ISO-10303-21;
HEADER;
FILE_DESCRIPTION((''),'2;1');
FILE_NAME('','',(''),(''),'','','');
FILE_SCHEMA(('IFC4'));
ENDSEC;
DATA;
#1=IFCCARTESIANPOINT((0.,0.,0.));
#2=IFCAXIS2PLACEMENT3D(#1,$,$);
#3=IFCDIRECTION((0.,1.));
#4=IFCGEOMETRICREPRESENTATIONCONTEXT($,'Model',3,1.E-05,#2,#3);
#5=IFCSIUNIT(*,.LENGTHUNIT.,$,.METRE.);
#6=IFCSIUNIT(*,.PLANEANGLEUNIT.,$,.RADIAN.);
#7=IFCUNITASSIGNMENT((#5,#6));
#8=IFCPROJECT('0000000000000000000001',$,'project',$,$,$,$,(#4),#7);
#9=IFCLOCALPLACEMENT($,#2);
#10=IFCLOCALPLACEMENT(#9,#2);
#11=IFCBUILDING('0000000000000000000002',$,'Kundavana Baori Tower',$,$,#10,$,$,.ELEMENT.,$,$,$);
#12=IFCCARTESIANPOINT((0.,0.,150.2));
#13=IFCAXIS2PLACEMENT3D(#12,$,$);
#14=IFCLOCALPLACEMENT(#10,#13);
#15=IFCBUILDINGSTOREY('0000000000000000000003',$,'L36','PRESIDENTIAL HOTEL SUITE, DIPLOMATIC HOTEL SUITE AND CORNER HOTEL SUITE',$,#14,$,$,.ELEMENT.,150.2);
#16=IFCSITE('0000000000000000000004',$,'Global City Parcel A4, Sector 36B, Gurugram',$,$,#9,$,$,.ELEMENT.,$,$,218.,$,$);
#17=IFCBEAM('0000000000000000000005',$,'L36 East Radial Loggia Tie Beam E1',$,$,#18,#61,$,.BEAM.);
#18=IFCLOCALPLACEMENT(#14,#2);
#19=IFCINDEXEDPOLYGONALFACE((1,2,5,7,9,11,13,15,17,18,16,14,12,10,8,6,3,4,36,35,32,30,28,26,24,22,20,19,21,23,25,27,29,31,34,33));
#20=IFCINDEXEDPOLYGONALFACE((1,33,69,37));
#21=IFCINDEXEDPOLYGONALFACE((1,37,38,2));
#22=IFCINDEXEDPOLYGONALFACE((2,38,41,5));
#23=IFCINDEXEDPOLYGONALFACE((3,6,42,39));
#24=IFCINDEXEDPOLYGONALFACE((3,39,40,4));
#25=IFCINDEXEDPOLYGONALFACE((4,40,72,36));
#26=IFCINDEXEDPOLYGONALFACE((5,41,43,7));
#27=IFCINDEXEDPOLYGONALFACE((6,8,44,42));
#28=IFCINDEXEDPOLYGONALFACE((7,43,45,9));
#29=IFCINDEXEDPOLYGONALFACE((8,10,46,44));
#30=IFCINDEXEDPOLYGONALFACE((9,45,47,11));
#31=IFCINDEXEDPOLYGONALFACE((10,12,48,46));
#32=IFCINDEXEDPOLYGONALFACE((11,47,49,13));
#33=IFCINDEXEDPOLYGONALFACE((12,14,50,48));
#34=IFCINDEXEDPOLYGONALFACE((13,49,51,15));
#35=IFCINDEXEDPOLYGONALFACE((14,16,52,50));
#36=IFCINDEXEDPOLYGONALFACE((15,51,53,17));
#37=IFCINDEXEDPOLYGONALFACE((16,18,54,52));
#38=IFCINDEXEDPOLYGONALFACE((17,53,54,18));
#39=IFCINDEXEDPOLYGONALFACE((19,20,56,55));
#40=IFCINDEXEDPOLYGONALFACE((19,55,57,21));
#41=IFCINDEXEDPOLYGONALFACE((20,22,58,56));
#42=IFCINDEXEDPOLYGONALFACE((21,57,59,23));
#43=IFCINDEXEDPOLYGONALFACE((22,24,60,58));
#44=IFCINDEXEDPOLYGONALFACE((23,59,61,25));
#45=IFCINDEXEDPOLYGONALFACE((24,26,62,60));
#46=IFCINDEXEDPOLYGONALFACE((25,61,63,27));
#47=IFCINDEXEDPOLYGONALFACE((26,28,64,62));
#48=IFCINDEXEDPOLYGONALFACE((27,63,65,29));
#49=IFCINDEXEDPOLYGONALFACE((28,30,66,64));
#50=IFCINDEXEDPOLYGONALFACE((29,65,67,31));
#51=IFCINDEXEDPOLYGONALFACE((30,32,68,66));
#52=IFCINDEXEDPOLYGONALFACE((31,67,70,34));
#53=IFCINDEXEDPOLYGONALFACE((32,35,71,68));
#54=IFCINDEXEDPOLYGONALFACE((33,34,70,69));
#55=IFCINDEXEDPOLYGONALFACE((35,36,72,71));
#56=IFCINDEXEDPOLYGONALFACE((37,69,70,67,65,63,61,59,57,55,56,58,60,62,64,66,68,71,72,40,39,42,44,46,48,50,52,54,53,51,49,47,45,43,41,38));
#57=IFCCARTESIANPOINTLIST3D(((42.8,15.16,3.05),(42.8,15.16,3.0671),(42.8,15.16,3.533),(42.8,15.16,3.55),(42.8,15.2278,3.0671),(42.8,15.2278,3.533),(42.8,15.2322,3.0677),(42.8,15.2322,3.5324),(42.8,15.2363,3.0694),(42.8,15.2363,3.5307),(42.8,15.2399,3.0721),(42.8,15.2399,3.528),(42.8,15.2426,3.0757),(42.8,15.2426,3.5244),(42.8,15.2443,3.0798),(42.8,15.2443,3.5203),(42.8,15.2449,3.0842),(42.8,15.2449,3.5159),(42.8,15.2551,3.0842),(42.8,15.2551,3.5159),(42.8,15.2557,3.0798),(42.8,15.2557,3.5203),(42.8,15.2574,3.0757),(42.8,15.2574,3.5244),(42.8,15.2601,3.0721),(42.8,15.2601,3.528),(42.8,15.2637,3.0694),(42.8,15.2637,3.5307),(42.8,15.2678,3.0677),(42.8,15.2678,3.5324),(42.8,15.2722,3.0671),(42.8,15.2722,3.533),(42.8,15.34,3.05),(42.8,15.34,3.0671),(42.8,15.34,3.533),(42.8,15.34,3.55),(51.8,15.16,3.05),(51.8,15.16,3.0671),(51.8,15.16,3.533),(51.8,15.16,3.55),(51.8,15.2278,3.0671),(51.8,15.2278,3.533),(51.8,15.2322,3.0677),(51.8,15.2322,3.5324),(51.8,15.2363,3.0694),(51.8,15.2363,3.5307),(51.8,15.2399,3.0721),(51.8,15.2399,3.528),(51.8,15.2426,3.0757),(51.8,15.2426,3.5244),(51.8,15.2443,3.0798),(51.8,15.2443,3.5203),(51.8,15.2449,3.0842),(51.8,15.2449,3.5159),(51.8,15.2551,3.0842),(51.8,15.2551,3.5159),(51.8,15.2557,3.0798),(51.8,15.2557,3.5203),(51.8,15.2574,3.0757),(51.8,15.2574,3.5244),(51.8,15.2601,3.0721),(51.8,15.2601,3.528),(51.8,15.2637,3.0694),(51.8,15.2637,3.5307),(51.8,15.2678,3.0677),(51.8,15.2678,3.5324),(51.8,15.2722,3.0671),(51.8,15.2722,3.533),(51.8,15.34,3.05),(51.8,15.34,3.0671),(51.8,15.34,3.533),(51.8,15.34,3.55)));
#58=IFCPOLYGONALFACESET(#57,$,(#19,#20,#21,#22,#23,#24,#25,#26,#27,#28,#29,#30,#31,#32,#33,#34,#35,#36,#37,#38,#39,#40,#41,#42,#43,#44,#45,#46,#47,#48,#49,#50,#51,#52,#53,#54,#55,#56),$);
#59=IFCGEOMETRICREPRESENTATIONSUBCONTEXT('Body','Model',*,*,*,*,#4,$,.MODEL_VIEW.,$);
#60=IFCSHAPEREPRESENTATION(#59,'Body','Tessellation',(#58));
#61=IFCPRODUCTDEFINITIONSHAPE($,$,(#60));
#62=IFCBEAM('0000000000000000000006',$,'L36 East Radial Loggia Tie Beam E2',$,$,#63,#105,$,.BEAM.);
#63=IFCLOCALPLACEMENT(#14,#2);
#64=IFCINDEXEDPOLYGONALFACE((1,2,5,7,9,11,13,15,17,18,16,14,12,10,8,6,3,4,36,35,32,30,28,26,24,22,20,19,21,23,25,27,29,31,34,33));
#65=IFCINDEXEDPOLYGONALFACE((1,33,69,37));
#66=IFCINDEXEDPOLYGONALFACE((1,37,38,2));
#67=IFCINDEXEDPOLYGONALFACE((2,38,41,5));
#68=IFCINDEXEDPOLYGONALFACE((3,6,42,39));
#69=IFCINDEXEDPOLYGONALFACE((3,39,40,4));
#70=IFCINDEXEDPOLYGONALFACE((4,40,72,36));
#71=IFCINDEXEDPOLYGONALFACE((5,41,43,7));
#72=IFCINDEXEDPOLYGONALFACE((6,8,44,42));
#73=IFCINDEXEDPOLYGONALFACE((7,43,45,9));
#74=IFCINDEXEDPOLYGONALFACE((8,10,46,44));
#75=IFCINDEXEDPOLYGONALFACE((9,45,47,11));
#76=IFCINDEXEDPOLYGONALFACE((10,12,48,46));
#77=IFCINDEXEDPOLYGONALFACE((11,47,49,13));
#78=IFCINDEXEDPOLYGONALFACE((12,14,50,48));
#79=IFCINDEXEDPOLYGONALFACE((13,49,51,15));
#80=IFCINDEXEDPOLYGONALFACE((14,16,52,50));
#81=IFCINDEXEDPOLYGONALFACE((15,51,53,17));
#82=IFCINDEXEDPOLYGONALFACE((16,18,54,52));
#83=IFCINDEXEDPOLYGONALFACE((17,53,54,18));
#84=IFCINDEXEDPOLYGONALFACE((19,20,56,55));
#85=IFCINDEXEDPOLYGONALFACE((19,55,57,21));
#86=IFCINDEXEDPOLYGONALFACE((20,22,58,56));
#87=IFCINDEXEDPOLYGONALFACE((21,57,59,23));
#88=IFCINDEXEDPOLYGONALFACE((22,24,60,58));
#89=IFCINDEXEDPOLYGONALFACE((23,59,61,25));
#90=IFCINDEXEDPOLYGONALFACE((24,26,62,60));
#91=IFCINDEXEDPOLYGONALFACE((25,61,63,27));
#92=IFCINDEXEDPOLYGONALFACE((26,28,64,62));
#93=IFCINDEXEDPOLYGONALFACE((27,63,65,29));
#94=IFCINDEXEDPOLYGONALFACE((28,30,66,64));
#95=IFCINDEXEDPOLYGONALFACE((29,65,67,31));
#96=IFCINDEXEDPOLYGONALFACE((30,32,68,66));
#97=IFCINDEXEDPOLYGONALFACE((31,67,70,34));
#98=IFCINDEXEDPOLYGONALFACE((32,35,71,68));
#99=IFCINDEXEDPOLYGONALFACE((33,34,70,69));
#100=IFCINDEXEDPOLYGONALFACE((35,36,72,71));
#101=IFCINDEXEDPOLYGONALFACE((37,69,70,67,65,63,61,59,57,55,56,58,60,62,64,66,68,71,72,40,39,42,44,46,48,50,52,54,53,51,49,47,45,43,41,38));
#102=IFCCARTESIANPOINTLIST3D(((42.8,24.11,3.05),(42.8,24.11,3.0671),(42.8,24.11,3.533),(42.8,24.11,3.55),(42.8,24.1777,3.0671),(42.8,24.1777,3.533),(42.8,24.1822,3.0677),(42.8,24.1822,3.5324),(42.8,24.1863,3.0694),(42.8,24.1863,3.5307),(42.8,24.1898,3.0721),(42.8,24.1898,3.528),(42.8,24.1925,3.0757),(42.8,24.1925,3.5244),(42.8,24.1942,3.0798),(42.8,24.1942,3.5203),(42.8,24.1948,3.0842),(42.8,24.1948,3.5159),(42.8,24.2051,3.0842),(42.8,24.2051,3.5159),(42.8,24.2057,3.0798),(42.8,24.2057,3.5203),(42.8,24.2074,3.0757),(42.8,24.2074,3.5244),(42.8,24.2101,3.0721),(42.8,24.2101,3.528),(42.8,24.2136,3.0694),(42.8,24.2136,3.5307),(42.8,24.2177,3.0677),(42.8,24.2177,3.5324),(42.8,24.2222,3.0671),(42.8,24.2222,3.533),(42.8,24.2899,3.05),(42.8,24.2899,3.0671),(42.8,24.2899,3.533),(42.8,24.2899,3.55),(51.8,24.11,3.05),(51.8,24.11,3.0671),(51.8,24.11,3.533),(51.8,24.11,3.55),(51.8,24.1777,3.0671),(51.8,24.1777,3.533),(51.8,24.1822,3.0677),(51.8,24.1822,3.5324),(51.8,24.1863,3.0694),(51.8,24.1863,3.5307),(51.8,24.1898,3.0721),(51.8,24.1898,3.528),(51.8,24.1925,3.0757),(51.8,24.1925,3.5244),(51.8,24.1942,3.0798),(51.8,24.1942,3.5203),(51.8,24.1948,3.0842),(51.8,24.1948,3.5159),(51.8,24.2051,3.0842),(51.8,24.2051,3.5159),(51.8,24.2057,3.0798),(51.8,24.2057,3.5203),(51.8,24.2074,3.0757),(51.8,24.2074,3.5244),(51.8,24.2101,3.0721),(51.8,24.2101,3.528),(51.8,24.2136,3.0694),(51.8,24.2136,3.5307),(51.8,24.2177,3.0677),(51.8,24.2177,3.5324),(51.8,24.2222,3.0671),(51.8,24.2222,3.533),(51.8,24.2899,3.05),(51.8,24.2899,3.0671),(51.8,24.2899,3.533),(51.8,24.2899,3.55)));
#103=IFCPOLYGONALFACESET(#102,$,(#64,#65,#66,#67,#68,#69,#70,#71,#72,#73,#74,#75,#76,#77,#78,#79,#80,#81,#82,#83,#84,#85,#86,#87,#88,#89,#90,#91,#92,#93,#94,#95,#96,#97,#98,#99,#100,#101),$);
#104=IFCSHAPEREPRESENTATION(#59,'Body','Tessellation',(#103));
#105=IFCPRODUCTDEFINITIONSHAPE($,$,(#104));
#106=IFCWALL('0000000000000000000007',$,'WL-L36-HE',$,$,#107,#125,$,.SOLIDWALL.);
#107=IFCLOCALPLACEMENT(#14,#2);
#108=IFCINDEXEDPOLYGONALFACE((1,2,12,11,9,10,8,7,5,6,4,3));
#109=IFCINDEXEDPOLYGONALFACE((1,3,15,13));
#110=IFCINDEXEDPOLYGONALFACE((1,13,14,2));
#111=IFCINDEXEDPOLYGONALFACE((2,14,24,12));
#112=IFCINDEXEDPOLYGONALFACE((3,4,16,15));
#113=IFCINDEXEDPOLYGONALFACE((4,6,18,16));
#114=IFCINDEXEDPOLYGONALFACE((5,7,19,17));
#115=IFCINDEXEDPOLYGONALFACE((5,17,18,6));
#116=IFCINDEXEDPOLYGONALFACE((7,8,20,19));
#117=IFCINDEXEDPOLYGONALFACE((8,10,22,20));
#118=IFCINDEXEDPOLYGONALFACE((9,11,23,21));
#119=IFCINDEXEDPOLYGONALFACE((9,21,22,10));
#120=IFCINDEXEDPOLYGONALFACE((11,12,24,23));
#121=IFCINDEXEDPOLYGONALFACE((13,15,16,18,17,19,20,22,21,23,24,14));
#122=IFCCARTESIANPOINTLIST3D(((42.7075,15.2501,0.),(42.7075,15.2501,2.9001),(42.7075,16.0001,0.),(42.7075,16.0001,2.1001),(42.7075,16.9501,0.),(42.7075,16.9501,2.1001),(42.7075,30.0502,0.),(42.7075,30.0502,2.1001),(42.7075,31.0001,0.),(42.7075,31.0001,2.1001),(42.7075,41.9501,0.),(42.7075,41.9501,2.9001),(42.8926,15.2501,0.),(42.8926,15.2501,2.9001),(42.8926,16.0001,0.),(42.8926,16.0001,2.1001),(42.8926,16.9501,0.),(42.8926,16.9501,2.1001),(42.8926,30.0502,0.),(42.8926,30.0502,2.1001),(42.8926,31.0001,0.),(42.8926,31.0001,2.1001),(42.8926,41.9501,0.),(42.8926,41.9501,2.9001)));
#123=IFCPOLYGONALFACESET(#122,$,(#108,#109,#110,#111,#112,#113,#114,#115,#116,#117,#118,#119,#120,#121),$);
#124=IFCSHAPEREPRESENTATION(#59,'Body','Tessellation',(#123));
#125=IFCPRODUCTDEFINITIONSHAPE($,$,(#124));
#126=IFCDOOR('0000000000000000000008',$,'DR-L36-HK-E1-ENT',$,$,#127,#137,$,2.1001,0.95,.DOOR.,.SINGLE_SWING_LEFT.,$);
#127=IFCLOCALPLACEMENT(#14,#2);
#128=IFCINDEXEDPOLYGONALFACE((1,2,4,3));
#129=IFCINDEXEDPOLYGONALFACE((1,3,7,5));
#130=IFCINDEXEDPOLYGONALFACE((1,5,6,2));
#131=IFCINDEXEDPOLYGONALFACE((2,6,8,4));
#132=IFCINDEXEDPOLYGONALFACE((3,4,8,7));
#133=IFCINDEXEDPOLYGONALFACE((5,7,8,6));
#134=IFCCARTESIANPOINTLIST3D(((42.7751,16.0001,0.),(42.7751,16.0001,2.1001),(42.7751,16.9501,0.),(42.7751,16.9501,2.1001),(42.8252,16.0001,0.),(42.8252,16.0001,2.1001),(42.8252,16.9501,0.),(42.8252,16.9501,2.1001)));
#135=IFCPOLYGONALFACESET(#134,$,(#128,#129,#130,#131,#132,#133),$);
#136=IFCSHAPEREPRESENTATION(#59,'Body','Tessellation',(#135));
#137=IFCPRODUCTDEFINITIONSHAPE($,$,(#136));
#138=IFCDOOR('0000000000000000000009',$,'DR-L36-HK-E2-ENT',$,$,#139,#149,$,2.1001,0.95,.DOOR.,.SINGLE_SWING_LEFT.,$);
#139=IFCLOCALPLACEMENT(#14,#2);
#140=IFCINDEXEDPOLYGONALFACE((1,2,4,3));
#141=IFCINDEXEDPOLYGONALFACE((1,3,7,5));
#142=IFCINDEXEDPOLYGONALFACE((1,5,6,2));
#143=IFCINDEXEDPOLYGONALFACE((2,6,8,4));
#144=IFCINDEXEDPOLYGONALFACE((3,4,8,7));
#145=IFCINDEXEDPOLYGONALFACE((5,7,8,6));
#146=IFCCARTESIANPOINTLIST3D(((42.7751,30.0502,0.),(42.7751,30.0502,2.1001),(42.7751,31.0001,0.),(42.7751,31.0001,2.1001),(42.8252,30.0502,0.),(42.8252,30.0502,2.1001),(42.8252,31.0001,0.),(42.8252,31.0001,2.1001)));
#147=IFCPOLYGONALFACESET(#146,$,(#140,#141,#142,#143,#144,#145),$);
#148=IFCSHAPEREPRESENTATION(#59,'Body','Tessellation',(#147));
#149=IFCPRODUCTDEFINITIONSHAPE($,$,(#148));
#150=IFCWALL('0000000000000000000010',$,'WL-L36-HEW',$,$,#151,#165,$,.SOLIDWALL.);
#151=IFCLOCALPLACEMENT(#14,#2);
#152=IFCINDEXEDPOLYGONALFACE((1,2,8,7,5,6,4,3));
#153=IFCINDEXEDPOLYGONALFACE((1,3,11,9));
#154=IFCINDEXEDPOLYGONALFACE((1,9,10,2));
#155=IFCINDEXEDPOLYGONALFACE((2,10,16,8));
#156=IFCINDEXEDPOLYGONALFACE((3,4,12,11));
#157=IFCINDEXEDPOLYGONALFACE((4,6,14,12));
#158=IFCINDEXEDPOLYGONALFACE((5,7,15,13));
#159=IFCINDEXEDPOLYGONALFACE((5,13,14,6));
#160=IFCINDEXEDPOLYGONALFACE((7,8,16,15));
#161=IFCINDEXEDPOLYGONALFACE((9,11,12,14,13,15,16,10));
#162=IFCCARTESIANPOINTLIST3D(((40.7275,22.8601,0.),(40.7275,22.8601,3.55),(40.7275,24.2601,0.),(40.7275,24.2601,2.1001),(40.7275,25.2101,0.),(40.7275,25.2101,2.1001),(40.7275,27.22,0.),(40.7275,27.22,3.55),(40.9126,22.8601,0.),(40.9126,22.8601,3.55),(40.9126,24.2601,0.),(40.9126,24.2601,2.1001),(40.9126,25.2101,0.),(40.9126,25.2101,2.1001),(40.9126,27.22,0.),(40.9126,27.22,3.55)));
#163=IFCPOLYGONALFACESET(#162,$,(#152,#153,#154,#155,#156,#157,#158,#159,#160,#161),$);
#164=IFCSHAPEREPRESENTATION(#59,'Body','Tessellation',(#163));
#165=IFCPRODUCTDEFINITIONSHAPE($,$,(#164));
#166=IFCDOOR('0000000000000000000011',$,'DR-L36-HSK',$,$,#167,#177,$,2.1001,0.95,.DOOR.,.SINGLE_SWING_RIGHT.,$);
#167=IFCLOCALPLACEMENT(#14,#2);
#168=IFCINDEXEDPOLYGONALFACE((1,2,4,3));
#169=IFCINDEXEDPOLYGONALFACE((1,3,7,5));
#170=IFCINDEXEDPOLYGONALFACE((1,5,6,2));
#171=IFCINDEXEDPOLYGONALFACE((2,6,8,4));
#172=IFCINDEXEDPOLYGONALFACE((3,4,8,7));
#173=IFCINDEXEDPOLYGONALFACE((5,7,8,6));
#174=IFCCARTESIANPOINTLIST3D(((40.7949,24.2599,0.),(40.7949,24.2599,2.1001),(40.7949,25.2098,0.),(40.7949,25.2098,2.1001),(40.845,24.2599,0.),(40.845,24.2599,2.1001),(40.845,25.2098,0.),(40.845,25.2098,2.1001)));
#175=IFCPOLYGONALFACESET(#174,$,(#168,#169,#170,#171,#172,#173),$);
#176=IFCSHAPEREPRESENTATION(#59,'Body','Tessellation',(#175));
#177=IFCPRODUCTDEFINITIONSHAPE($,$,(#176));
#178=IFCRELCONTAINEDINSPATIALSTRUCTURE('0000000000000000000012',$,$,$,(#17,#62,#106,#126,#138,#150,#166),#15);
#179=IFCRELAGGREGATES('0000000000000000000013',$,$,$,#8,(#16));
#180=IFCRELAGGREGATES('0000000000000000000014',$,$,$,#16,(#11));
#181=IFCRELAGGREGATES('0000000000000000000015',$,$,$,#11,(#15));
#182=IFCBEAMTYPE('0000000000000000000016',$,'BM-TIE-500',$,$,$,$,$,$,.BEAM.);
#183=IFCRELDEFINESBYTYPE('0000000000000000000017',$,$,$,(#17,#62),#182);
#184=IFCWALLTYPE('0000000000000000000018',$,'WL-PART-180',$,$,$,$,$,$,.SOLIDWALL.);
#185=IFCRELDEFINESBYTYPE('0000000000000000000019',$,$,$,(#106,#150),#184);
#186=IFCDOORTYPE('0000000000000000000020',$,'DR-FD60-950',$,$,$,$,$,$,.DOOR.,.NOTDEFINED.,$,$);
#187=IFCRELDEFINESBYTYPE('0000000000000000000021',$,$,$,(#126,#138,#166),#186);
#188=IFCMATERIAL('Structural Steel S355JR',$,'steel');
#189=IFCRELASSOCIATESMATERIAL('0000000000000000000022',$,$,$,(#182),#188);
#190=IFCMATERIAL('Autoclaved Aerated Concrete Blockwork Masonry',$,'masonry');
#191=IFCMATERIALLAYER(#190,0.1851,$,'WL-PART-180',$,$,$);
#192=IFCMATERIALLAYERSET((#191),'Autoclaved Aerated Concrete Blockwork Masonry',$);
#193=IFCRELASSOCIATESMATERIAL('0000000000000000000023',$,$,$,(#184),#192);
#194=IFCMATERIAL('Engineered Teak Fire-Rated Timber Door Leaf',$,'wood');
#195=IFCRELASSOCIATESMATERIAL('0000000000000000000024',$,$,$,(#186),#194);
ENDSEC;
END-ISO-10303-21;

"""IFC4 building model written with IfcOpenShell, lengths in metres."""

from ifc_helpers import new_model, si_unit, direction, frame, frame_2d, origin, origin_2d, place, context, subcontext, project, spatial, rectangle, i_section, extrude, material, layer, layer_set, material_profile, profile_set, type_object, element, fill, save


model = new_model("IFC4")

# Units and contexts
model_context = context("Model", 3, precision=1e-05, world=origin(), true_north=direction((0.0, 1.0)))
body_context = subcontext(model_context, "Body", "Model", "MODEL_VIEW")
ifc_project = project(units=[si_unit("LENGTHUNIT", "METRE"), si_unit("PLANEANGLEUNIT", "RADIAN")], contexts=[model_context])

# Site, building, storey
site_placement = place(None, origin())
site = spatial("IfcSite", under=ifc_project, at=site_placement, Name="Global City Parcel A4, Sector 36B, Gurugram", CompositionType="ELEMENT", RefElevation=218.0)
building_placement = place(site_placement, origin())
building = spatial("IfcBuilding", under=site, at=building_placement, Name="Kundavana Baori Tower", CompositionType="ELEMENT")
storey_placement = place(building_placement, frame((0.0, 0.0, 150.2)))
storey = spatial("IfcBuildingStorey", under=building, at=storey_placement, Name="L36", Description="PRESIDENTIAL HOTEL SUITE, DIPLOMATIC HOTEL SUITE AND CORNER HOTEL SUITE", CompositionType="ELEMENT", Elevation=150.2)

# Beams
ifc_material_1 = material(Name="Structural Steel S355JR", Category="steel")
ifc_material_profile_1 = material_profile(ifc_material_1, i_section(OverallWidth=0.1799, OverallDepth=0.5, WebThickness=0.0103, FlangeThickness=0.0171, FilletRadius=0.0171, at=origin_2d()), Name="ISMB 500")
ifc_profile_set_1 = profile_set([ifc_material_profile_1], Name="Structural Steel S355JR")
beam_type_1 = type_object("IfcBeamType", Name="BM-TIE-500", PredefinedType="BEAM", material=ifc_profile_set_1)
for number, where, z_axis, x_axis, name in (
    (1, (42.8, 15.25, 3.3), (1.0, 0.0, 0.0), (0.0, 1.0, 0.0), "L36 East Radial Loggia Tie Beam E1"),
    (2, (42.8, 24.2, 3.3), (1.0, 0.0, 0.0), (0.0, 1.0, 0.0), "L36 East Radial Loggia Tie Beam E2"),
):
    element("IfcBeam", number, at=place(storey_placement, frame(where, z_axis=z_axis, x_axis=x_axis)), inside=storey, type_object=beam_type_1, Name=name, PredefinedType="BEAM", context=body_context, shape_type="SweptSolid", body=[
        extrude(i_section(OverallWidth=0.1799, OverallDepth=0.5, WebThickness=0.0103, FlangeThickness=0.0171, FilletRadius=0.0171, at=origin_2d()), origin(), (0.0, 0.0, 1.0), 9.0),
    ])

# Wall, openings, doors
ifc_material_2 = material(Name="Autoclaved Aerated Concrete Blockwork Masonry", Category="masonry")
ifc_layer_1 = layer(ifc_material_2, 0.1851, Name="WL-PART-180")
ifc_layer_set_1 = layer_set([ifc_layer_1], Name="Autoclaved Aerated Concrete Blockwork Masonry")
wall_type_1 = type_object("IfcWallType", Name="WL-PART-180", PredefinedType="SOLIDWALL", material=ifc_layer_set_1)
wall_1_placement = place(storey_placement, frame((42.8, 15.25, 0.0), z_axis=(0.0, 0.0, 1.0), x_axis=(0.0, 1.0, 0.0)))
wall_1 = element("IfcWall", 3, at=wall_1_placement, inside=storey, type_object=wall_type_1, Name="WL-L36-HE", PredefinedType="SOLIDWALL", context=body_context, shape_type="SweptSolid", body=[
    extrude(rectangle(XDim=26.7, YDim=0.1851, at=frame_2d((13.3501, 0.0))), origin(), (0.0, 0.0, 1.0), 2.9001),
])
opening_1_placement = place(wall_1_placement, frame((0.75, 0.0, 0.0)))
opening_1 = element("IfcOpeningElement", 4, at=opening_1_placement, cuts=wall_1, PredefinedType="OPENING", context=body_context, shape_type="SweptSolid", body=[
    extrude(rectangle(XDim=0.95, YDim=2.1001, at=frame_2d((0.4751, 1.05))), frame((0.0, 0.1025, 0.0), z_axis=(0.0, -1.0, 0.0), x_axis=(1.0, 0.0, 0.0)), (0.0, 0.0, 1.0), 0.2051),
])
opening_2_placement = place(wall_1_placement, frame((14.8, 0.0, 0.0)))
opening_2 = element("IfcOpeningElement", 5, at=opening_2_placement, cuts=wall_1, PredefinedType="OPENING", context=body_context, shape_type="SweptSolid", body=[
    extrude(rectangle(XDim=0.95, YDim=2.1001, at=frame_2d((0.4751, 1.05))), frame((0.0, 0.1025, 0.0), z_axis=(0.0, -1.0, 0.0), x_axis=(1.0, 0.0, 0.0)), (0.0, 0.0, 1.0), 0.2051),
])
ifc_material_3 = material(Name="Engineered Teak Fire-Rated Timber Door Leaf", Category="wood")
door_type_1 = type_object("IfcDoorType", Name="DR-FD60-950", OperationType="NOTDEFINED", PredefinedType="DOOR", material=ifc_material_3)
door_1_placement = place(opening_1_placement, origin())
door_1 = element("IfcDoor", 6, at=door_1_placement, inside=storey, type_object=door_type_1, Name="DR-L36-HK-E1-ENT", OperationType="SINGLE_SWING_LEFT", OverallHeight=2.1001, OverallWidth=0.95, PredefinedType="DOOR", context=body_context, shape_type="SweptSolid", body=[
    extrude(rectangle(XDim=0.95, YDim=2.1001, at=frame_2d((0.4751, 1.05))), frame((0.0, 0.0249, 0.0), z_axis=(0.0, -1.0, 0.0), x_axis=(1.0, 0.0, 0.0)), (0.0, 0.0, 1.0), 0.05),
])
fill(opening_1, door_1)
door_2_placement = place(opening_2_placement, origin())
door_2 = element("IfcDoor", 7, at=door_2_placement, inside=storey, type_object=door_type_1, Name="DR-L36-HK-E2-ENT", OperationType="SINGLE_SWING_LEFT", OverallHeight=2.1001, OverallWidth=0.95, PredefinedType="DOOR", context=body_context, shape_type="SweptSolid", body=[
    extrude(rectangle(XDim=0.95, YDim=2.1001, at=frame_2d((0.4751, 1.05))), frame((0.0, 0.0249, 0.0), z_axis=(0.0, -1.0, 0.0), x_axis=(1.0, 0.0, 0.0)), (0.0, 0.0, 1.0), 0.05),
])
fill(opening_2, door_2)

# Wall, opening, door
wall_2_placement = place(storey_placement, frame((40.8201, 22.8601, 0.0), z_axis=(0.0, 0.0, 1.0), x_axis=(0.0, 1.0, 0.0)))
wall_2 = element("IfcWall", 8, at=wall_2_placement, inside=storey, type_object=wall_type_1, Name="WL-L36-HEW", PredefinedType="SOLIDWALL", context=body_context, shape_type="SweptSolid", body=[
    extrude(rectangle(XDim=4.3599, YDim=0.1851, at=frame_2d((2.1799, 0.0))), origin(), (0.0, 0.0, 1.0), 3.55),
])
opening_3_placement = place(wall_2_placement, frame((1.3999, 0.0, 0.0)))
opening_3 = element("IfcOpeningElement", 9, at=opening_3_placement, cuts=wall_2, PredefinedType="OPENING", context=body_context, shape_type="SweptSolid", body=[
    extrude(rectangle(XDim=0.95, YDim=2.1001, at=frame_2d((0.4751, 1.05))), frame((0.0, 0.1025, 0.0), z_axis=(0.0, -1.0, 0.0), x_axis=(1.0, 0.0, 0.0)), (0.0, 0.0, 1.0), 0.2051),
])
door_3_placement = place(opening_3_placement, frame((0.95, 0.0, 0.0), z_axis=(0.0, 0.0, 1.0), x_axis=(-1.0, 0.0, 0.0)))
door_3 = element("IfcDoor", 10, at=door_3_placement, inside=storey, type_object=door_type_1, Name="DR-L36-HSK", OperationType="SINGLE_SWING_RIGHT", OverallHeight=2.1001, OverallWidth=0.95, PredefinedType="DOOR", context=body_context, shape_type="SweptSolid", body=[
    extrude(rectangle(XDim=0.95, YDim=2.1001, at=frame_2d((0.4751, 1.05))), frame((0.0, 0.0249, 0.0), z_axis=(0.0, -1.0, 0.0), x_axis=(1.0, 0.0, 0.0)), (0.0, 0.0, 1.0), 0.05),
])
fill(opening_3, door_3)

save(model, "model.ifc")
